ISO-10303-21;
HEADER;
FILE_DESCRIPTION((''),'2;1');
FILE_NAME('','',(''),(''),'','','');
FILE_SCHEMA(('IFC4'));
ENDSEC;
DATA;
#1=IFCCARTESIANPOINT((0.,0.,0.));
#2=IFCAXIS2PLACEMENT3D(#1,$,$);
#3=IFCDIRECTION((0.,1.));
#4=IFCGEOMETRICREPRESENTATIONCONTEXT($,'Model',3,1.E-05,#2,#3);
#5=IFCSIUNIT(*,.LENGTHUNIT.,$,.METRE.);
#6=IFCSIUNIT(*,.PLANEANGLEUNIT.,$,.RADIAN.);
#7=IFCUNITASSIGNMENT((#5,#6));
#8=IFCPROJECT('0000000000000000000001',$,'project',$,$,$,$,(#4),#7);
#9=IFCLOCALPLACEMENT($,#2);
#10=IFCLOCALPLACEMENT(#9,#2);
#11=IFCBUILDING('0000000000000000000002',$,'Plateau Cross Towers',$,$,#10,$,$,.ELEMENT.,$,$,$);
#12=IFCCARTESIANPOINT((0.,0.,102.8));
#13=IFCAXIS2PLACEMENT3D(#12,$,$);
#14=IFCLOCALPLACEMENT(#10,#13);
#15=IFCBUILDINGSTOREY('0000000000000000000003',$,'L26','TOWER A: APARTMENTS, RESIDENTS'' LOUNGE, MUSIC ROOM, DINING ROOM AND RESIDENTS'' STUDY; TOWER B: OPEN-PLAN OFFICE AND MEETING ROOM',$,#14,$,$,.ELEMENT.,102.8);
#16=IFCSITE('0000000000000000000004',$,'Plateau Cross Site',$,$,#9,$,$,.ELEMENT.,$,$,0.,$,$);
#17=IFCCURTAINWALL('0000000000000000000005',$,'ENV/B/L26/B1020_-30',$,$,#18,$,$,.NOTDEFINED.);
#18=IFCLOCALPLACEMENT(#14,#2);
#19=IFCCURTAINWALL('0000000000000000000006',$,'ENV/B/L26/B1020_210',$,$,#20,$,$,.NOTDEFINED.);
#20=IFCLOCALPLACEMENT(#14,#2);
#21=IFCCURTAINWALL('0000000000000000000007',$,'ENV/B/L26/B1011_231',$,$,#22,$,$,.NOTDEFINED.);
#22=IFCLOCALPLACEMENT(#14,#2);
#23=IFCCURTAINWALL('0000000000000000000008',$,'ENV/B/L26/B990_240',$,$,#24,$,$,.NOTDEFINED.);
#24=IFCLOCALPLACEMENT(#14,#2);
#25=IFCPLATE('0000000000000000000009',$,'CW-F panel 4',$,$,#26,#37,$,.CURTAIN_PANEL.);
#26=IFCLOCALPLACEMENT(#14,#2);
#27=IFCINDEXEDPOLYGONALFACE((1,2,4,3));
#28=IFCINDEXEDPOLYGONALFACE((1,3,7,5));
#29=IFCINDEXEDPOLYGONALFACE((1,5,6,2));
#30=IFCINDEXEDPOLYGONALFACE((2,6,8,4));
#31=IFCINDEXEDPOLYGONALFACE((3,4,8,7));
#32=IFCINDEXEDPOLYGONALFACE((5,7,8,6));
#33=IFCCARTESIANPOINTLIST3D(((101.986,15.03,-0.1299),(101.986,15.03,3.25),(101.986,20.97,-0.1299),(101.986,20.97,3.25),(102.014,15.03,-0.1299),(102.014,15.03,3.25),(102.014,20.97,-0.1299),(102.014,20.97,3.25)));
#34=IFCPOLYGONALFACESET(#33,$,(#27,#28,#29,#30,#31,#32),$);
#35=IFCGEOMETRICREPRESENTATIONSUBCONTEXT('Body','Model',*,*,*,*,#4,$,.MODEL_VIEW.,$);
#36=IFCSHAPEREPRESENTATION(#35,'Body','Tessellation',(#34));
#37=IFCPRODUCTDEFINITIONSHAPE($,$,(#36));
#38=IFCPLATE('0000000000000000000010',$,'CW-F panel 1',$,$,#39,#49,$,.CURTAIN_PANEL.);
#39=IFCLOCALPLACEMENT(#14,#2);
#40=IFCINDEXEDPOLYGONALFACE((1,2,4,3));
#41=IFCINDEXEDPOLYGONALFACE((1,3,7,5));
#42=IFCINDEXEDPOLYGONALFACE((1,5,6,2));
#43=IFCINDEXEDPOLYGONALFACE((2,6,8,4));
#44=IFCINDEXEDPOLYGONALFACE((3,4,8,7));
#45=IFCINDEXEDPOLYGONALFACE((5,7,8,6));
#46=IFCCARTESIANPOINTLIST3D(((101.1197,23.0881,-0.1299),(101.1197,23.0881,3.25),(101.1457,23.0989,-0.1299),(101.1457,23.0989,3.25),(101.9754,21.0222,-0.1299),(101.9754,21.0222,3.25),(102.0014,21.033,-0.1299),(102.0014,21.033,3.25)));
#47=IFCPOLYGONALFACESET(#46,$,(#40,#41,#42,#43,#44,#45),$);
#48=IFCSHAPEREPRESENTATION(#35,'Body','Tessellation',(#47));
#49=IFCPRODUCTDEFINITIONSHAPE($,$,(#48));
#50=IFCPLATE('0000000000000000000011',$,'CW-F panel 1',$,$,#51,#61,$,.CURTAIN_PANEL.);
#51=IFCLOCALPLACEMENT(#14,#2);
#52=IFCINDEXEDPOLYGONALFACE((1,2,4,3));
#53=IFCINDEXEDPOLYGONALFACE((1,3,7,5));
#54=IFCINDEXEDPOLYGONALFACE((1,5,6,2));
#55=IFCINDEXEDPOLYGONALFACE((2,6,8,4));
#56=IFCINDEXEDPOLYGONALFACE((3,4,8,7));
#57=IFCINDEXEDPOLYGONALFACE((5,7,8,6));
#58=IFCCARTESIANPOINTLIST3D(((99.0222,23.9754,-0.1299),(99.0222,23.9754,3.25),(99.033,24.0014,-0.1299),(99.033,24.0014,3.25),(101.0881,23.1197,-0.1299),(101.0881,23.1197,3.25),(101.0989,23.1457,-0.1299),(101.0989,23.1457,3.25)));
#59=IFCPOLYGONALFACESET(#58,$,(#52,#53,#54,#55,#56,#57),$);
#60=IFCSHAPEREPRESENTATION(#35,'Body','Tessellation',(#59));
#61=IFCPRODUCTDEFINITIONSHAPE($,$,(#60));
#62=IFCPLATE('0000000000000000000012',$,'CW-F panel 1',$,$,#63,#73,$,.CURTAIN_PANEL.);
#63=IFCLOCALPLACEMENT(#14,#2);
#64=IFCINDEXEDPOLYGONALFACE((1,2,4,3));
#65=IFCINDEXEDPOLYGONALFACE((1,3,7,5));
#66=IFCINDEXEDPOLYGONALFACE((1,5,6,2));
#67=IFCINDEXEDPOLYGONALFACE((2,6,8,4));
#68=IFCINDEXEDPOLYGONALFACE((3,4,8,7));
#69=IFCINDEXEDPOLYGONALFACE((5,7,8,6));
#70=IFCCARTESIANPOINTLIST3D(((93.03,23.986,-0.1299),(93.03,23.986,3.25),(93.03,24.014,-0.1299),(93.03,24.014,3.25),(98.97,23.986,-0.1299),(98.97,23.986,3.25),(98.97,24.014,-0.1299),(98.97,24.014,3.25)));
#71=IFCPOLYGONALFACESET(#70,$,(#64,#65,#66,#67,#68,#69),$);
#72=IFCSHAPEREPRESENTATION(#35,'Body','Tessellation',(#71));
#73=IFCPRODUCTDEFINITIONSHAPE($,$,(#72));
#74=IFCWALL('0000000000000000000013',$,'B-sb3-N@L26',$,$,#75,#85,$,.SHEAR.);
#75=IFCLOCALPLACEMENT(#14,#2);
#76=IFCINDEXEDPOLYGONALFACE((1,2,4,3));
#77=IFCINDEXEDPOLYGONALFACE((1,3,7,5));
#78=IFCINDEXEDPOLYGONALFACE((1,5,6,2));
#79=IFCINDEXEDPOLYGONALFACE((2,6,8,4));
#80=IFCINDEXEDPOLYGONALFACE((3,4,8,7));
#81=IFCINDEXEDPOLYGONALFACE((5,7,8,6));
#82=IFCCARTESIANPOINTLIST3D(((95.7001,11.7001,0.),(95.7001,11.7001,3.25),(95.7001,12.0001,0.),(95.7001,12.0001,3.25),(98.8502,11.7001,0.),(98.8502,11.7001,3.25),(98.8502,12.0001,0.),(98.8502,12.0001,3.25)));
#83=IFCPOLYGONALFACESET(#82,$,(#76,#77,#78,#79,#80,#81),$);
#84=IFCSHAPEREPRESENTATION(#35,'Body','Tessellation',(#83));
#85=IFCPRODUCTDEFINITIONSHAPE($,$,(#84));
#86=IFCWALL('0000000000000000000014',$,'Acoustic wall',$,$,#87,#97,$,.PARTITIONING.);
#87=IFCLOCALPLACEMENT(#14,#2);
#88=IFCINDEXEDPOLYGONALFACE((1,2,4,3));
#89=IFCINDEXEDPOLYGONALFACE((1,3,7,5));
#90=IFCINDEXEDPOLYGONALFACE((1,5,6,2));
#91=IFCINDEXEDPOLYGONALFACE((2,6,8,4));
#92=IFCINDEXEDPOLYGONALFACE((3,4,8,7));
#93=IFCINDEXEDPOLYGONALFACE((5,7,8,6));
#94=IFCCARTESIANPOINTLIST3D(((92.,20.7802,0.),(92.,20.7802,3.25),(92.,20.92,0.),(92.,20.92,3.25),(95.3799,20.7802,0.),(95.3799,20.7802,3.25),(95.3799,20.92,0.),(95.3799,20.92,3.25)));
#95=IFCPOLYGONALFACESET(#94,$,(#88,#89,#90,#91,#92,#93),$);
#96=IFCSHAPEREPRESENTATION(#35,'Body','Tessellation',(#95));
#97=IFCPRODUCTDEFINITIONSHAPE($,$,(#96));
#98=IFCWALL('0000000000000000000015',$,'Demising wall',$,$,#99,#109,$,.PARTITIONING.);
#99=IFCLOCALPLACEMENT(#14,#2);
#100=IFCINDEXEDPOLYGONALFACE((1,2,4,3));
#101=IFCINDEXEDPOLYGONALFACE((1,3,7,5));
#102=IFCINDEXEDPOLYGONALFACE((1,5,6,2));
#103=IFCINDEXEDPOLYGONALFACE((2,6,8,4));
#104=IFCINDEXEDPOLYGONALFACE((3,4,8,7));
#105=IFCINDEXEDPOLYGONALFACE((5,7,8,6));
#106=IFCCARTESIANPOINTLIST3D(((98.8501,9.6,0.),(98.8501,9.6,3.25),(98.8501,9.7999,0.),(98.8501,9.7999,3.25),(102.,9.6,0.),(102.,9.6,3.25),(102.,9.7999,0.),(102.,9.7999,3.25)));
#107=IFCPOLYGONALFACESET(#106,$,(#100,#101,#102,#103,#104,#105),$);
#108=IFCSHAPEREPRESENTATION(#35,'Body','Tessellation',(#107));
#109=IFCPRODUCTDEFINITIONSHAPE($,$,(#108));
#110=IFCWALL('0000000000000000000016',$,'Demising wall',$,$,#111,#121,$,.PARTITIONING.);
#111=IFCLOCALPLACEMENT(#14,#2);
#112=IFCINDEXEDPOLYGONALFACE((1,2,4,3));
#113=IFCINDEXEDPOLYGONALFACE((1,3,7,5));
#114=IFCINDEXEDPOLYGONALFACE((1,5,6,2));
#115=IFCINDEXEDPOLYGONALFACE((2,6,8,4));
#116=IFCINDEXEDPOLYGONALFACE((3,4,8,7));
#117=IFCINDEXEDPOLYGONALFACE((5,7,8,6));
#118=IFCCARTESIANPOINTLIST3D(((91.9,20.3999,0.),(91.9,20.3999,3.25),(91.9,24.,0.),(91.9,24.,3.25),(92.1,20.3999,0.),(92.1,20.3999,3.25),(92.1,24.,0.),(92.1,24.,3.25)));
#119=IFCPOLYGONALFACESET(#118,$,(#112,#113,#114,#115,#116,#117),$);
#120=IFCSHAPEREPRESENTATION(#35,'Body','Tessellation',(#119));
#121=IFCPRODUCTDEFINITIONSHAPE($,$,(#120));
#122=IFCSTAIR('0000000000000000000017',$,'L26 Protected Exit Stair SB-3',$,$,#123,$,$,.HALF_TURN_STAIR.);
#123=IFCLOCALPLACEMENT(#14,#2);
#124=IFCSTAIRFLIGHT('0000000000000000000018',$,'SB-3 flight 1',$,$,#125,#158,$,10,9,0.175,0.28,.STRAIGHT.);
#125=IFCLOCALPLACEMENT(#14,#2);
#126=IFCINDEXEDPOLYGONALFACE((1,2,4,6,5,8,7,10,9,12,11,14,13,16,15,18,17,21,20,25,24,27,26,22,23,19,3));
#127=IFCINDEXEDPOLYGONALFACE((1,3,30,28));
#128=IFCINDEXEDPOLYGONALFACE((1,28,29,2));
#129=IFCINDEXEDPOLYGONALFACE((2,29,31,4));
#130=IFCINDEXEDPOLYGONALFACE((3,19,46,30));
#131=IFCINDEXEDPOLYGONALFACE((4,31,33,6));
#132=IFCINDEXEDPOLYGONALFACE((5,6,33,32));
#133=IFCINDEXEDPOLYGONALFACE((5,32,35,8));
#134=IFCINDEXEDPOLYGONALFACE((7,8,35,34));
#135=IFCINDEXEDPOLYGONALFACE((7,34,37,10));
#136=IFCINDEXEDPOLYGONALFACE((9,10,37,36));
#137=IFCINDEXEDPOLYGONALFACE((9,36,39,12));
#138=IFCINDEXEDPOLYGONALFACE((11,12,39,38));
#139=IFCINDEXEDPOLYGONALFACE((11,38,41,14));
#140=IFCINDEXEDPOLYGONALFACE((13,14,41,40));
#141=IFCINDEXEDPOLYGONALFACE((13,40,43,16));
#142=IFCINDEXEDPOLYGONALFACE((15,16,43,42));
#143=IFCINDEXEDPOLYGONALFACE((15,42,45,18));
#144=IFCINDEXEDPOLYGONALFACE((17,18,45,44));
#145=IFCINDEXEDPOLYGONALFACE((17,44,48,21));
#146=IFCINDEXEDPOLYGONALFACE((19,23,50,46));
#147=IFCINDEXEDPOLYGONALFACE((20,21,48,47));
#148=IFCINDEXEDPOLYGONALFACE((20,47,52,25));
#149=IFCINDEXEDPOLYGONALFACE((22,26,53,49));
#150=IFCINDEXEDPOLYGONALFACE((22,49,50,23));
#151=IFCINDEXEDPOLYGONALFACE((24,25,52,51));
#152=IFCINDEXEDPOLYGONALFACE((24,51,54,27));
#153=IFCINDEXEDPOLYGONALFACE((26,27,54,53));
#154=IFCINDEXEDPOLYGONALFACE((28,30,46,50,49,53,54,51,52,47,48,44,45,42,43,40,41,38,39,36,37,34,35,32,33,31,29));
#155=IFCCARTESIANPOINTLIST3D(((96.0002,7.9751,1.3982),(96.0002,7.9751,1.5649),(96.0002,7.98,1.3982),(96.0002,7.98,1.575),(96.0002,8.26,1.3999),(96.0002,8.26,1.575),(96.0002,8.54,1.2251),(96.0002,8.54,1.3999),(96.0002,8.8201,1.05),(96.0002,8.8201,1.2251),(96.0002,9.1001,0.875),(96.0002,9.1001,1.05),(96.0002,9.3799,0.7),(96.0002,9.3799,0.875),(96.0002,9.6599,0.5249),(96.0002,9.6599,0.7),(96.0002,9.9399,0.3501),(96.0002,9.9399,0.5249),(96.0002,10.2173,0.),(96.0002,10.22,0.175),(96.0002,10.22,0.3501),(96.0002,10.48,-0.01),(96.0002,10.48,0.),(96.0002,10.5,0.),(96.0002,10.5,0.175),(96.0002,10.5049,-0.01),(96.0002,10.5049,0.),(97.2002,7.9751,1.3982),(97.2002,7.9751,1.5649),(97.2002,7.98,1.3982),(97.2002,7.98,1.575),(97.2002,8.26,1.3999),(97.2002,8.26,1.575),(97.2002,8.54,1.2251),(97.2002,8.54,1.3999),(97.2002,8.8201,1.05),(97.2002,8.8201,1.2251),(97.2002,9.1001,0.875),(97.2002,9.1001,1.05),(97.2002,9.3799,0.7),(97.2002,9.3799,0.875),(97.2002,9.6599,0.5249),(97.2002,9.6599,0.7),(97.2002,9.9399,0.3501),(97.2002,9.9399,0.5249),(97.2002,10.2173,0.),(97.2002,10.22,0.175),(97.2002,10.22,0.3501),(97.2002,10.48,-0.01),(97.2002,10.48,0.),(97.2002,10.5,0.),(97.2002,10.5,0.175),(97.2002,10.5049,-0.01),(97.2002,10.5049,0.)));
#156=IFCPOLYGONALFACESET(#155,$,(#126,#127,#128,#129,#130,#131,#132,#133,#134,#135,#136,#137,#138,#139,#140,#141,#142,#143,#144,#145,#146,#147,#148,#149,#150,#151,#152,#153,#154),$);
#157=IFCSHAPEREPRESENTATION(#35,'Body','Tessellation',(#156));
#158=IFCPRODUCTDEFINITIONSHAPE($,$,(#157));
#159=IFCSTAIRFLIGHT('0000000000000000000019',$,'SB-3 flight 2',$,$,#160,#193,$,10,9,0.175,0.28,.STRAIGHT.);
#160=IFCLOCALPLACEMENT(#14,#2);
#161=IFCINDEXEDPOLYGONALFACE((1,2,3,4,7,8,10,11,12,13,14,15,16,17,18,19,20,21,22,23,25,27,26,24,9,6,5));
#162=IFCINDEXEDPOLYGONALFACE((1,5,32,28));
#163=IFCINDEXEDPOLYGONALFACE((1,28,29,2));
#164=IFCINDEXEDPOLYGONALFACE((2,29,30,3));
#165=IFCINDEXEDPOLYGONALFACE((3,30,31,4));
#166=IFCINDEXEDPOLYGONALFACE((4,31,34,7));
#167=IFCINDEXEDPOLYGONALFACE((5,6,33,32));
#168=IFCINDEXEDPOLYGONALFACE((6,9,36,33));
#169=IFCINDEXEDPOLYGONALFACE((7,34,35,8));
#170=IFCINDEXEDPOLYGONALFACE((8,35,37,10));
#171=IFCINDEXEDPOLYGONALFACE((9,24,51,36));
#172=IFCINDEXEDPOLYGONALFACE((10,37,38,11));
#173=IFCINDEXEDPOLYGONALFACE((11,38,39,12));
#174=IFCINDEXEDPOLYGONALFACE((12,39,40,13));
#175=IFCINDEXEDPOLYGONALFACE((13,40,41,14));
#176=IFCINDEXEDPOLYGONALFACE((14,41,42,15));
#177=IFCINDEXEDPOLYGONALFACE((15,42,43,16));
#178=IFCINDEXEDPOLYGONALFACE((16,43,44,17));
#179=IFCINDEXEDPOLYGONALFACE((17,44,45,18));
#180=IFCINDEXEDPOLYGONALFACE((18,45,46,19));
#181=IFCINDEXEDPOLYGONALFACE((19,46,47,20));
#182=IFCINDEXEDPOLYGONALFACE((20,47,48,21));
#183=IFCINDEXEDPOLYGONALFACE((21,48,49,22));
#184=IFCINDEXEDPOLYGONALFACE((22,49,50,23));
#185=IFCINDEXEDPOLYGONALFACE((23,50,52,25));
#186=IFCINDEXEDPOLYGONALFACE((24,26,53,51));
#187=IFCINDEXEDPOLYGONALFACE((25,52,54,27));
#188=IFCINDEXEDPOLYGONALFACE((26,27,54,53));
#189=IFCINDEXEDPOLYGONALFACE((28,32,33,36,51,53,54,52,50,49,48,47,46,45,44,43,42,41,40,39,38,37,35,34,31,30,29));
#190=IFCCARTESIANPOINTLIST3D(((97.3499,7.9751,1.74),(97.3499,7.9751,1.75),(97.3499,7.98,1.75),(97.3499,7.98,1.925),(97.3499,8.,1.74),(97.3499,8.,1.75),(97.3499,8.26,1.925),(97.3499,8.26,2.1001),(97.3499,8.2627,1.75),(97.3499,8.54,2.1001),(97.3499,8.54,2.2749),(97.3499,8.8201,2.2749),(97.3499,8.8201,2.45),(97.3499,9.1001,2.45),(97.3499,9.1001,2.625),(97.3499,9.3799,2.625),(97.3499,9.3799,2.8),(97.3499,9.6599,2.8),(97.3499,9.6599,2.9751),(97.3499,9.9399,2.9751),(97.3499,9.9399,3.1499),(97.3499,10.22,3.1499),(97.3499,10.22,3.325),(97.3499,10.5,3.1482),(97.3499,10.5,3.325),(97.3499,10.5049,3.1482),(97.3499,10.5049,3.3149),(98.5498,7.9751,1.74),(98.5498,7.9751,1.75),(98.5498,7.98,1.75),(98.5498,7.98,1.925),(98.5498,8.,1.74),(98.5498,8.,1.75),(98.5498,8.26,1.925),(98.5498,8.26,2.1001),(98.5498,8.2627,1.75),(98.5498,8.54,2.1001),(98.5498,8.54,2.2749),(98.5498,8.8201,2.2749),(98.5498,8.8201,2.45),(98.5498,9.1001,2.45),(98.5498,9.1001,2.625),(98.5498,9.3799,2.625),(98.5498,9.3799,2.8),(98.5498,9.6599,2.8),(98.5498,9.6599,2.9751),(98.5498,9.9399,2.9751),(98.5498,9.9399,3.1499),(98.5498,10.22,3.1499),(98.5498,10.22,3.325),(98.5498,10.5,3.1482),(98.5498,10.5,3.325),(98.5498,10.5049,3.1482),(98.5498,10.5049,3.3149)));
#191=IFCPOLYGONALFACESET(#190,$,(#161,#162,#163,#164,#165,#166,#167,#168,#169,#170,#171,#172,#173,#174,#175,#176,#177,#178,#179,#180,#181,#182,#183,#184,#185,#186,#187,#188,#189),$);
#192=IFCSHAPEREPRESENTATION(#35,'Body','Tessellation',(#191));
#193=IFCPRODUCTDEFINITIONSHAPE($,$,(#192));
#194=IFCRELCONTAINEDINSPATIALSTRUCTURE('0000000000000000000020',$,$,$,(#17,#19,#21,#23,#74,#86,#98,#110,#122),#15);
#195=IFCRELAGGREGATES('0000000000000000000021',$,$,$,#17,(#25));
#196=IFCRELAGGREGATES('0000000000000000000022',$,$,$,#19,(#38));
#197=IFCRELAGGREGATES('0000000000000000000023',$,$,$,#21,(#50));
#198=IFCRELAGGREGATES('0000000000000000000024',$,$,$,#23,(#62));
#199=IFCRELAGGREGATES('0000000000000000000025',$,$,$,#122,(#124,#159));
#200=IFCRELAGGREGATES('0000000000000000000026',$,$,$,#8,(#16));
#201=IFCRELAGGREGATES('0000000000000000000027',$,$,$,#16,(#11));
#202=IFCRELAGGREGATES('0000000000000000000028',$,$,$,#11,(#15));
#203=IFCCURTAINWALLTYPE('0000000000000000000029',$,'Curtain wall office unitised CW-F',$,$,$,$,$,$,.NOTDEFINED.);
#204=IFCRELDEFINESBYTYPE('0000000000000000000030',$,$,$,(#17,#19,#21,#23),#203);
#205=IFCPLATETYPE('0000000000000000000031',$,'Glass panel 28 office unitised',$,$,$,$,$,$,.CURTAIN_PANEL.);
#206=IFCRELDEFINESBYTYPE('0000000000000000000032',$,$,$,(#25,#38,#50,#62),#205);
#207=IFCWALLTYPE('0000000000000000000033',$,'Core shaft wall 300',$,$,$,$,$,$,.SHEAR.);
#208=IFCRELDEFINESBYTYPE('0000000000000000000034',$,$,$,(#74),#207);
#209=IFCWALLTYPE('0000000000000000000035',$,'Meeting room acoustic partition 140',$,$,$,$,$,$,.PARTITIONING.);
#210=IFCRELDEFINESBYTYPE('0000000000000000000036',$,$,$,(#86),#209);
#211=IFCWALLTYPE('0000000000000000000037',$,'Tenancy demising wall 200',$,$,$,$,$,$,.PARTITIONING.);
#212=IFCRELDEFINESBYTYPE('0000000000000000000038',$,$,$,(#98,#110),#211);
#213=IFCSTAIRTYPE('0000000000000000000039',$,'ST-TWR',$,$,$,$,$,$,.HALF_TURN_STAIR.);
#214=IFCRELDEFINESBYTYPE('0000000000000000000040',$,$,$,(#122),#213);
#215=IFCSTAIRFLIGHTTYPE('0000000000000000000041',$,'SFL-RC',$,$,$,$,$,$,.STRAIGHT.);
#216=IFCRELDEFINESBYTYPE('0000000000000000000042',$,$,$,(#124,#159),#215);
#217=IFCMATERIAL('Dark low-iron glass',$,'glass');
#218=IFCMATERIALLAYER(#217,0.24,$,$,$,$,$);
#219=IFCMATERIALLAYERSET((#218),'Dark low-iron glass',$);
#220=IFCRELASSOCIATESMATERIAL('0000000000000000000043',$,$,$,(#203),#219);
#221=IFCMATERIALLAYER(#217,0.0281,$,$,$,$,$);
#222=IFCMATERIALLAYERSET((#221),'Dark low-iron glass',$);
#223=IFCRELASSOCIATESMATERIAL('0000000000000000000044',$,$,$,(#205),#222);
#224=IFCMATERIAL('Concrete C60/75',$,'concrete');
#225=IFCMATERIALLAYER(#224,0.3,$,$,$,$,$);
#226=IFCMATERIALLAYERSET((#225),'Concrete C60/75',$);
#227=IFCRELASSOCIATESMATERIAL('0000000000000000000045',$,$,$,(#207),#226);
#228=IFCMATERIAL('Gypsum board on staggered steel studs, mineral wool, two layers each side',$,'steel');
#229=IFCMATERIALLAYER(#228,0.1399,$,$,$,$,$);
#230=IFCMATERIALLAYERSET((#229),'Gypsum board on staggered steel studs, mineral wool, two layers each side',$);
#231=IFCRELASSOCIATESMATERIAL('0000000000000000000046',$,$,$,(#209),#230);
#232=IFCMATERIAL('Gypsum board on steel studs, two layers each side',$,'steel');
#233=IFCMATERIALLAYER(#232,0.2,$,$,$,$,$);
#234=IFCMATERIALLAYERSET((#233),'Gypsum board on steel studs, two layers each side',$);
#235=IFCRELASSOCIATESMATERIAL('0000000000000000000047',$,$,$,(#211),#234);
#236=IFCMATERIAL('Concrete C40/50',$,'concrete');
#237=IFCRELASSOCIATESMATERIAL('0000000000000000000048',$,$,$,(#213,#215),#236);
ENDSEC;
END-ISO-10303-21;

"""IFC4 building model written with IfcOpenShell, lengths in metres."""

from ifc_helpers import new_model, si_unit, direction, frame, frame_2d, origin, origin_2d, place, context, subcontext, project, spatial, polyline, rectangle, outline, extrude, material, layer, layer_set, type_object, element, aggregate, save


model = new_model("IFC4")

# Units and contexts
model_context = context("Model", 3, precision=1e-05, world=origin(), true_north=direction((0.0, 1.0)))
body_context = subcontext(model_context, "Body", "Model", "MODEL_VIEW")
ifc_project = project(units=[si_unit("LENGTHUNIT", "METRE"), si_unit("PLANEANGLEUNIT", "RADIAN")], contexts=[model_context])

# Site, building, storey
site_placement = place(None, origin())
site = spatial("IfcSite", under=ifc_project, at=site_placement, Name="Plateau Cross Site", CompositionType="ELEMENT", RefElevation=0.0)
building_placement = place(site_placement, origin())
building = spatial("IfcBuilding", under=site, at=building_placement, Name="Plateau Cross Towers", CompositionType="ELEMENT")
storey_placement = place(building_placement, frame((0.0, 0.0, 102.8)))
storey = spatial("IfcBuildingStorey", under=building, at=storey_placement, Name="L26", Description="TOWER A: APARTMENTS, RESIDENTS' LOUNGE, MUSIC ROOM, DINING ROOM AND RESIDENTS' STUDY; TOWER B: OPEN-PLAN OFFICE AND MEETING ROOM", CompositionType="ELEMENT", Elevation=102.8)

# Shared definitions
ifc_material_1 = material(Name="Concrete C60/75", Category="concrete")

# Curtain wall
ifc_material_2 = material(Name="Dark low-iron glass", Category="glass")
ifc_layer_1 = layer(ifc_material_2, 0.24)
ifc_layer_set_1 = layer_set([ifc_layer_1], Name="Dark low-iron glass")
curtain_wall_type = type_object("IfcCurtainWallType", Name="Curtain wall office unitised CW-F", PredefinedType="NOTDEFINED", material=ifc_layer_set_1)
curtain_wall_1_placement = place(storey_placement, origin())
curtain_wall_1 = element("IfcCurtainWall", 1, at=curtain_wall_1_placement, inside=storey, type_object=curtain_wall_type, Name="ENV/B/L26/B1020_-30", PredefinedType="NOTDEFINED")

# Curtain walls
curtain_wall_2_placement = place(storey_placement, origin())
curtain_wall_2 = element("IfcCurtainWall", 2, at=curtain_wall_2_placement, inside=storey, type_object=curtain_wall_type, Name="ENV/B/L26/B1020_210", PredefinedType="NOTDEFINED")
curtain_wall_3_placement = place(storey_placement, origin())
curtain_wall_3 = element("IfcCurtainWall", 3, at=curtain_wall_3_placement, inside=storey, type_object=curtain_wall_type, Name="ENV/B/L26/B1011_231", PredefinedType="NOTDEFINED")

# Curtain wall
curtain_wall_4_placement = place(storey_placement, origin())
curtain_wall_4 = element("IfcCurtainWall", 4, at=curtain_wall_4_placement, inside=storey, type_object=curtain_wall_type, Name="ENV/B/L26/B990_240", PredefinedType="NOTDEFINED")

# Plates
ifc_layer_2 = layer(ifc_material_2, 0.0281)
ifc_layer_set_2 = layer_set([ifc_layer_2], Name="Dark low-iron glass")
plate_type = type_object("IfcPlateType", Name="Glass panel 28 office unitised", PredefinedType="CURTAIN_PANEL", material=ifc_layer_set_2)
plate_1_placement = place(storey_placement, frame((102.0, 18.0, -0.1299), z_axis=(0.0, 0.0, 1.0), x_axis=(0.0, 1.0, 0.0)))
plate_1 = element("IfcPlate", 5, at=plate_1_placement, type_object=plate_type, Name="CW-F panel 4", PredefinedType="CURTAIN_PANEL", context=body_context, shape_type="SweptSolid", body=[
    extrude(rectangle(XDim=5.9399, YDim=0.0281, at=origin_2d()), origin(), (0.0, 0.0, 1.0), 3.3799),
])
aggregate(curtain_wall_1, [plate_1])
plate_2_placement = place(storey_placement, frame((101.5605, 22.0605, -0.1299), z_axis=(0.0, 0.0, 1.0), x_axis=(-0.382684, 0.923879, 0.0)))
plate_2 = element("IfcPlate", 6, at=plate_2_placement, type_object=plate_type, Name="CW-F panel 1", PredefinedType="CURTAIN_PANEL", context=body_context, shape_type="SweptSolid", body=[
    extrude(rectangle(XDim=2.2361, YDim=0.0281, at=origin_2d()), origin(), (0.0, 0.0, 1.0), 3.3799),
])
aggregate(curtain_wall_2, [plate_2])
plate_3_placement = place(storey_placement, frame((100.0605, 23.5605, -0.1299), z_axis=(0.0, 0.0, 1.0), x_axis=(-0.923879, 0.382684, 0.0)))
plate_3 = element("IfcPlate", 7, at=plate_3_placement, type_object=plate_type, Name="CW-F panel 1", PredefinedType="CURTAIN_PANEL", context=body_context, shape_type="SweptSolid", body=[
    extrude(rectangle(XDim=2.2361, YDim=0.0281, at=origin_2d()), origin(), (0.0, 0.0, 1.0), 3.3799),
])
aggregate(curtain_wall_3, [plate_3])
plate_4_placement = place(storey_placement, frame((96.0, 24.0, -0.1299), z_axis=(0.0, 0.0, 1.0), x_axis=(-1.0, 0.0, 0.0)))
plate_4 = element("IfcPlate", 8, at=plate_4_placement, type_object=plate_type, Name="CW-F panel 1", PredefinedType="CURTAIN_PANEL", context=body_context, shape_type="SweptSolid", body=[
    extrude(rectangle(XDim=5.9399, YDim=0.0281, at=origin_2d()), origin(), (0.0, 0.0, 1.0), 3.3799),
])
aggregate(curtain_wall_4, [plate_4])

# Wall
ifc_layer_3 = layer(ifc_material_1, 0.3)
ifc_layer_set_3 = layer_set([ifc_layer_3], Name="Concrete C60/75")
wall_type_1 = type_object("IfcWallType", Name="Core shaft wall 300", PredefinedType="SHEAR", material=ifc_layer_set_3)
wall_1_placement = place(storey_placement, frame((95.7, 11.8501, 0.0), z_axis=(0.0, 0.0, 1.0), x_axis=(1.0, 0.0, 0.0)))
element("IfcWall", 9, at=wall_1_placement, inside=storey, type_object=wall_type_1, Name="B-sb3-N@L26", PredefinedType="SHEAR", context=body_context, shape_type="SweptSolid", body=[
    extrude(rectangle(XDim=3.1501, YDim=0.3, at=frame_2d((1.5752, 0.0))), origin(), (0.0, 0.0, 1.0), 3.25),
])

# Shared definitions
ifc_material_3 = material(Name="Gypsum board on staggered steel studs, mineral wool, two layers each side", Category="steel")
ifc_layer_4 = layer(ifc_material_3, 0.1399)
ifc_layer_set_4 = layer_set([ifc_layer_4], Name="Gypsum board on staggered steel studs, mineral wool, two layers each side")
wall_type_2 = type_object("IfcWallType", Name="Meeting room acoustic partition 140", PredefinedType="PARTITIONING", material=ifc_layer_set_4)

# Wall
wall_2_placement = place(storey_placement, frame((92.0, 20.8501, 0.0), z_axis=(0.0, 0.0, 1.0), x_axis=(1.0, 0.0, 0.0)))
element("IfcWall", 10, at=wall_2_placement, inside=storey, type_object=wall_type_2, Name="Acoustic wall", PredefinedType="PARTITIONING", context=body_context, shape_type="SweptSolid", body=[
    extrude(rectangle(XDim=3.3799, YDim=0.1399, at=frame_2d((1.6899, 0.0))), origin(), (0.0, 0.0, 1.0), 3.25),
])

# Walls
ifc_material_4 = material(Name="Gypsum board on steel studs, two layers each side", Category="steel")
ifc_layer_5 = layer(ifc_material_4, 0.2)
ifc_layer_set_5 = layer_set([ifc_layer_5], Name="Gypsum board on steel studs, two layers each side")
wall_type_3 = type_object("IfcWallType", Name="Tenancy demising wall 200", PredefinedType="PARTITIONING", material=ifc_layer_set_5)
wall_3_placement = place(storey_placement, frame((98.8501, 9.7, 0.0), z_axis=(0.0, 0.0, 1.0), x_axis=(1.0, 0.0, 0.0)))
element("IfcWall", 11, at=wall_3_placement, inside=storey, type_object=wall_type_3, Name="Demising wall", PredefinedType="PARTITIONING", context=body_context, shape_type="SweptSolid", body=[
    extrude(rectangle(XDim=3.1499, YDim=0.2, at=frame_2d((1.575, 0.0))), origin(), (0.0, 0.0, 1.0), 3.25),
])
wall_4_placement = place(storey_placement, frame((92.0, 20.3999, 0.0), z_axis=(0.0, 0.0, 1.0), x_axis=(0.0, 1.0, 0.0)))
element("IfcWall", 12, at=wall_4_placement, inside=storey, type_object=wall_type_3, Name="Demising wall", PredefinedType="PARTITIONING", context=body_context, shape_type="SweptSolid", body=[
    extrude(rectangle(XDim=3.6001, YDim=0.2, at=frame_2d((1.8, 0.0))), origin(), (0.0, 0.0, 1.0), 3.25),
])

# Stair, stair flights
ifc_material_5 = material(Name="Concrete C40/50", Category="concrete")
stair_type = type_object("IfcStairType", Name="ST-TWR", PredefinedType="HALF_TURN_STAIR", material=ifc_material_5)
stair_placement = place(storey_placement, origin())
stair = element("IfcStair", 13, at=stair_placement, inside=storey, type_object=stair_type, Name="L26 Protected Exit Stair SB-3", PredefinedType="HALF_TURN_STAIR")
stair_flight_type = type_object("IfcStairFlightType", Name="SFL-RC", PredefinedType="STRAIGHT", material=ifc_material_5)
stair_flight_1_placement = place(storey_placement, frame((96.6001, 10.5, 0.0), z_axis=(0.0, 0.0, 1.0), x_axis=(0.0, -1.0, 0.0)))
stair_flight_1 = element("IfcStairFlight", 14, at=stair_flight_1_placement, type_object=stair_flight_type, Name="SB-3 flight 1", NumberOfRisers=10, NumberOfTreads=9, PredefinedType="STRAIGHT", RiserHeight=0.175, TreadLength=0.28, context=body_context, shape_type="SweptSolid", body=[
    extrude(outline(polyline([(-0.0049, -0.01), (-0.0049, 0.0), (0.0, 0.0), (0.0, 0.175), (0.28, 0.175), (0.28, 0.3501), (0.5601, 0.3501), (0.5601, 0.5249), (0.8401, 0.5249), (0.8401, 0.7), (1.1201, 0.7), (1.1201, 0.875), (1.3999, 0.875), (1.3999, 1.05), (1.6799, 1.05), (1.6799, 1.2251), (1.96, 1.2251), (1.96, 1.3999), (2.24, 1.3999), (2.24, 1.575), (2.52, 1.575), (2.5249, 1.5649), (2.5249, 1.3982), (2.52, 1.3982), (0.2827, 0.0), (0.02, 0.0), (0.02, -0.01), (-0.0049, -0.01)])), frame((0.0, 0.6001, 0.0), z_axis=(0.0, -1.0, 0.0), x_axis=(1.0, 0.0, 0.0)), (0.0, 0.0, 1.0), 1.2),
])
stair_flight_2_placement = place(storey_placement, frame((97.95, 7.98, 1.75), z_axis=(0.0, 0.0, 1.0), x_axis=(0.0, 1.0, 0.0)))
stair_flight_2 = element("IfcStairFlight", 15, at=stair_flight_2_placement, type_object=stair_flight_type, Name="SB-3 flight 2", NumberOfRisers=10, NumberOfTreads=9, PredefinedType="STRAIGHT", RiserHeight=0.175, TreadLength=0.28, context=body_context, shape_type="SweptSolid", body=[
    extrude(outline(polyline([(-0.0049, -0.01), (-0.0049, 0.0), (0.0, 0.0), (0.0, 0.175), (0.28, 0.175), (0.28, 0.3501), (0.5601, 0.3501), (0.5601, 0.5249), (0.8401, 0.5249), (0.8401, 0.7), (1.1201, 0.7), (1.1201, 0.875), (1.3999, 0.875), (1.3999, 1.05), (1.6799, 1.05), (1.6799, 1.2251), (1.96, 1.2251), (1.96, 1.3999), (2.24, 1.3999), (2.24, 1.575), (2.52, 1.575), (2.5249, 1.5649), (2.5249, 1.3982), (2.52, 1.3982), (0.2827, 0.0), (0.02, 0.0), (0.02, -0.01), (-0.0049, -0.01)])), frame((0.0, 0.6001, 0.0), z_axis=(0.0, -1.0, 0.0), x_axis=(1.0, 0.0, 0.0)), (0.0, 0.0, 1.0), 1.2),
])
aggregate(stair, [stair_flight_1, stair_flight_2])

save(model, "model.ifc")
